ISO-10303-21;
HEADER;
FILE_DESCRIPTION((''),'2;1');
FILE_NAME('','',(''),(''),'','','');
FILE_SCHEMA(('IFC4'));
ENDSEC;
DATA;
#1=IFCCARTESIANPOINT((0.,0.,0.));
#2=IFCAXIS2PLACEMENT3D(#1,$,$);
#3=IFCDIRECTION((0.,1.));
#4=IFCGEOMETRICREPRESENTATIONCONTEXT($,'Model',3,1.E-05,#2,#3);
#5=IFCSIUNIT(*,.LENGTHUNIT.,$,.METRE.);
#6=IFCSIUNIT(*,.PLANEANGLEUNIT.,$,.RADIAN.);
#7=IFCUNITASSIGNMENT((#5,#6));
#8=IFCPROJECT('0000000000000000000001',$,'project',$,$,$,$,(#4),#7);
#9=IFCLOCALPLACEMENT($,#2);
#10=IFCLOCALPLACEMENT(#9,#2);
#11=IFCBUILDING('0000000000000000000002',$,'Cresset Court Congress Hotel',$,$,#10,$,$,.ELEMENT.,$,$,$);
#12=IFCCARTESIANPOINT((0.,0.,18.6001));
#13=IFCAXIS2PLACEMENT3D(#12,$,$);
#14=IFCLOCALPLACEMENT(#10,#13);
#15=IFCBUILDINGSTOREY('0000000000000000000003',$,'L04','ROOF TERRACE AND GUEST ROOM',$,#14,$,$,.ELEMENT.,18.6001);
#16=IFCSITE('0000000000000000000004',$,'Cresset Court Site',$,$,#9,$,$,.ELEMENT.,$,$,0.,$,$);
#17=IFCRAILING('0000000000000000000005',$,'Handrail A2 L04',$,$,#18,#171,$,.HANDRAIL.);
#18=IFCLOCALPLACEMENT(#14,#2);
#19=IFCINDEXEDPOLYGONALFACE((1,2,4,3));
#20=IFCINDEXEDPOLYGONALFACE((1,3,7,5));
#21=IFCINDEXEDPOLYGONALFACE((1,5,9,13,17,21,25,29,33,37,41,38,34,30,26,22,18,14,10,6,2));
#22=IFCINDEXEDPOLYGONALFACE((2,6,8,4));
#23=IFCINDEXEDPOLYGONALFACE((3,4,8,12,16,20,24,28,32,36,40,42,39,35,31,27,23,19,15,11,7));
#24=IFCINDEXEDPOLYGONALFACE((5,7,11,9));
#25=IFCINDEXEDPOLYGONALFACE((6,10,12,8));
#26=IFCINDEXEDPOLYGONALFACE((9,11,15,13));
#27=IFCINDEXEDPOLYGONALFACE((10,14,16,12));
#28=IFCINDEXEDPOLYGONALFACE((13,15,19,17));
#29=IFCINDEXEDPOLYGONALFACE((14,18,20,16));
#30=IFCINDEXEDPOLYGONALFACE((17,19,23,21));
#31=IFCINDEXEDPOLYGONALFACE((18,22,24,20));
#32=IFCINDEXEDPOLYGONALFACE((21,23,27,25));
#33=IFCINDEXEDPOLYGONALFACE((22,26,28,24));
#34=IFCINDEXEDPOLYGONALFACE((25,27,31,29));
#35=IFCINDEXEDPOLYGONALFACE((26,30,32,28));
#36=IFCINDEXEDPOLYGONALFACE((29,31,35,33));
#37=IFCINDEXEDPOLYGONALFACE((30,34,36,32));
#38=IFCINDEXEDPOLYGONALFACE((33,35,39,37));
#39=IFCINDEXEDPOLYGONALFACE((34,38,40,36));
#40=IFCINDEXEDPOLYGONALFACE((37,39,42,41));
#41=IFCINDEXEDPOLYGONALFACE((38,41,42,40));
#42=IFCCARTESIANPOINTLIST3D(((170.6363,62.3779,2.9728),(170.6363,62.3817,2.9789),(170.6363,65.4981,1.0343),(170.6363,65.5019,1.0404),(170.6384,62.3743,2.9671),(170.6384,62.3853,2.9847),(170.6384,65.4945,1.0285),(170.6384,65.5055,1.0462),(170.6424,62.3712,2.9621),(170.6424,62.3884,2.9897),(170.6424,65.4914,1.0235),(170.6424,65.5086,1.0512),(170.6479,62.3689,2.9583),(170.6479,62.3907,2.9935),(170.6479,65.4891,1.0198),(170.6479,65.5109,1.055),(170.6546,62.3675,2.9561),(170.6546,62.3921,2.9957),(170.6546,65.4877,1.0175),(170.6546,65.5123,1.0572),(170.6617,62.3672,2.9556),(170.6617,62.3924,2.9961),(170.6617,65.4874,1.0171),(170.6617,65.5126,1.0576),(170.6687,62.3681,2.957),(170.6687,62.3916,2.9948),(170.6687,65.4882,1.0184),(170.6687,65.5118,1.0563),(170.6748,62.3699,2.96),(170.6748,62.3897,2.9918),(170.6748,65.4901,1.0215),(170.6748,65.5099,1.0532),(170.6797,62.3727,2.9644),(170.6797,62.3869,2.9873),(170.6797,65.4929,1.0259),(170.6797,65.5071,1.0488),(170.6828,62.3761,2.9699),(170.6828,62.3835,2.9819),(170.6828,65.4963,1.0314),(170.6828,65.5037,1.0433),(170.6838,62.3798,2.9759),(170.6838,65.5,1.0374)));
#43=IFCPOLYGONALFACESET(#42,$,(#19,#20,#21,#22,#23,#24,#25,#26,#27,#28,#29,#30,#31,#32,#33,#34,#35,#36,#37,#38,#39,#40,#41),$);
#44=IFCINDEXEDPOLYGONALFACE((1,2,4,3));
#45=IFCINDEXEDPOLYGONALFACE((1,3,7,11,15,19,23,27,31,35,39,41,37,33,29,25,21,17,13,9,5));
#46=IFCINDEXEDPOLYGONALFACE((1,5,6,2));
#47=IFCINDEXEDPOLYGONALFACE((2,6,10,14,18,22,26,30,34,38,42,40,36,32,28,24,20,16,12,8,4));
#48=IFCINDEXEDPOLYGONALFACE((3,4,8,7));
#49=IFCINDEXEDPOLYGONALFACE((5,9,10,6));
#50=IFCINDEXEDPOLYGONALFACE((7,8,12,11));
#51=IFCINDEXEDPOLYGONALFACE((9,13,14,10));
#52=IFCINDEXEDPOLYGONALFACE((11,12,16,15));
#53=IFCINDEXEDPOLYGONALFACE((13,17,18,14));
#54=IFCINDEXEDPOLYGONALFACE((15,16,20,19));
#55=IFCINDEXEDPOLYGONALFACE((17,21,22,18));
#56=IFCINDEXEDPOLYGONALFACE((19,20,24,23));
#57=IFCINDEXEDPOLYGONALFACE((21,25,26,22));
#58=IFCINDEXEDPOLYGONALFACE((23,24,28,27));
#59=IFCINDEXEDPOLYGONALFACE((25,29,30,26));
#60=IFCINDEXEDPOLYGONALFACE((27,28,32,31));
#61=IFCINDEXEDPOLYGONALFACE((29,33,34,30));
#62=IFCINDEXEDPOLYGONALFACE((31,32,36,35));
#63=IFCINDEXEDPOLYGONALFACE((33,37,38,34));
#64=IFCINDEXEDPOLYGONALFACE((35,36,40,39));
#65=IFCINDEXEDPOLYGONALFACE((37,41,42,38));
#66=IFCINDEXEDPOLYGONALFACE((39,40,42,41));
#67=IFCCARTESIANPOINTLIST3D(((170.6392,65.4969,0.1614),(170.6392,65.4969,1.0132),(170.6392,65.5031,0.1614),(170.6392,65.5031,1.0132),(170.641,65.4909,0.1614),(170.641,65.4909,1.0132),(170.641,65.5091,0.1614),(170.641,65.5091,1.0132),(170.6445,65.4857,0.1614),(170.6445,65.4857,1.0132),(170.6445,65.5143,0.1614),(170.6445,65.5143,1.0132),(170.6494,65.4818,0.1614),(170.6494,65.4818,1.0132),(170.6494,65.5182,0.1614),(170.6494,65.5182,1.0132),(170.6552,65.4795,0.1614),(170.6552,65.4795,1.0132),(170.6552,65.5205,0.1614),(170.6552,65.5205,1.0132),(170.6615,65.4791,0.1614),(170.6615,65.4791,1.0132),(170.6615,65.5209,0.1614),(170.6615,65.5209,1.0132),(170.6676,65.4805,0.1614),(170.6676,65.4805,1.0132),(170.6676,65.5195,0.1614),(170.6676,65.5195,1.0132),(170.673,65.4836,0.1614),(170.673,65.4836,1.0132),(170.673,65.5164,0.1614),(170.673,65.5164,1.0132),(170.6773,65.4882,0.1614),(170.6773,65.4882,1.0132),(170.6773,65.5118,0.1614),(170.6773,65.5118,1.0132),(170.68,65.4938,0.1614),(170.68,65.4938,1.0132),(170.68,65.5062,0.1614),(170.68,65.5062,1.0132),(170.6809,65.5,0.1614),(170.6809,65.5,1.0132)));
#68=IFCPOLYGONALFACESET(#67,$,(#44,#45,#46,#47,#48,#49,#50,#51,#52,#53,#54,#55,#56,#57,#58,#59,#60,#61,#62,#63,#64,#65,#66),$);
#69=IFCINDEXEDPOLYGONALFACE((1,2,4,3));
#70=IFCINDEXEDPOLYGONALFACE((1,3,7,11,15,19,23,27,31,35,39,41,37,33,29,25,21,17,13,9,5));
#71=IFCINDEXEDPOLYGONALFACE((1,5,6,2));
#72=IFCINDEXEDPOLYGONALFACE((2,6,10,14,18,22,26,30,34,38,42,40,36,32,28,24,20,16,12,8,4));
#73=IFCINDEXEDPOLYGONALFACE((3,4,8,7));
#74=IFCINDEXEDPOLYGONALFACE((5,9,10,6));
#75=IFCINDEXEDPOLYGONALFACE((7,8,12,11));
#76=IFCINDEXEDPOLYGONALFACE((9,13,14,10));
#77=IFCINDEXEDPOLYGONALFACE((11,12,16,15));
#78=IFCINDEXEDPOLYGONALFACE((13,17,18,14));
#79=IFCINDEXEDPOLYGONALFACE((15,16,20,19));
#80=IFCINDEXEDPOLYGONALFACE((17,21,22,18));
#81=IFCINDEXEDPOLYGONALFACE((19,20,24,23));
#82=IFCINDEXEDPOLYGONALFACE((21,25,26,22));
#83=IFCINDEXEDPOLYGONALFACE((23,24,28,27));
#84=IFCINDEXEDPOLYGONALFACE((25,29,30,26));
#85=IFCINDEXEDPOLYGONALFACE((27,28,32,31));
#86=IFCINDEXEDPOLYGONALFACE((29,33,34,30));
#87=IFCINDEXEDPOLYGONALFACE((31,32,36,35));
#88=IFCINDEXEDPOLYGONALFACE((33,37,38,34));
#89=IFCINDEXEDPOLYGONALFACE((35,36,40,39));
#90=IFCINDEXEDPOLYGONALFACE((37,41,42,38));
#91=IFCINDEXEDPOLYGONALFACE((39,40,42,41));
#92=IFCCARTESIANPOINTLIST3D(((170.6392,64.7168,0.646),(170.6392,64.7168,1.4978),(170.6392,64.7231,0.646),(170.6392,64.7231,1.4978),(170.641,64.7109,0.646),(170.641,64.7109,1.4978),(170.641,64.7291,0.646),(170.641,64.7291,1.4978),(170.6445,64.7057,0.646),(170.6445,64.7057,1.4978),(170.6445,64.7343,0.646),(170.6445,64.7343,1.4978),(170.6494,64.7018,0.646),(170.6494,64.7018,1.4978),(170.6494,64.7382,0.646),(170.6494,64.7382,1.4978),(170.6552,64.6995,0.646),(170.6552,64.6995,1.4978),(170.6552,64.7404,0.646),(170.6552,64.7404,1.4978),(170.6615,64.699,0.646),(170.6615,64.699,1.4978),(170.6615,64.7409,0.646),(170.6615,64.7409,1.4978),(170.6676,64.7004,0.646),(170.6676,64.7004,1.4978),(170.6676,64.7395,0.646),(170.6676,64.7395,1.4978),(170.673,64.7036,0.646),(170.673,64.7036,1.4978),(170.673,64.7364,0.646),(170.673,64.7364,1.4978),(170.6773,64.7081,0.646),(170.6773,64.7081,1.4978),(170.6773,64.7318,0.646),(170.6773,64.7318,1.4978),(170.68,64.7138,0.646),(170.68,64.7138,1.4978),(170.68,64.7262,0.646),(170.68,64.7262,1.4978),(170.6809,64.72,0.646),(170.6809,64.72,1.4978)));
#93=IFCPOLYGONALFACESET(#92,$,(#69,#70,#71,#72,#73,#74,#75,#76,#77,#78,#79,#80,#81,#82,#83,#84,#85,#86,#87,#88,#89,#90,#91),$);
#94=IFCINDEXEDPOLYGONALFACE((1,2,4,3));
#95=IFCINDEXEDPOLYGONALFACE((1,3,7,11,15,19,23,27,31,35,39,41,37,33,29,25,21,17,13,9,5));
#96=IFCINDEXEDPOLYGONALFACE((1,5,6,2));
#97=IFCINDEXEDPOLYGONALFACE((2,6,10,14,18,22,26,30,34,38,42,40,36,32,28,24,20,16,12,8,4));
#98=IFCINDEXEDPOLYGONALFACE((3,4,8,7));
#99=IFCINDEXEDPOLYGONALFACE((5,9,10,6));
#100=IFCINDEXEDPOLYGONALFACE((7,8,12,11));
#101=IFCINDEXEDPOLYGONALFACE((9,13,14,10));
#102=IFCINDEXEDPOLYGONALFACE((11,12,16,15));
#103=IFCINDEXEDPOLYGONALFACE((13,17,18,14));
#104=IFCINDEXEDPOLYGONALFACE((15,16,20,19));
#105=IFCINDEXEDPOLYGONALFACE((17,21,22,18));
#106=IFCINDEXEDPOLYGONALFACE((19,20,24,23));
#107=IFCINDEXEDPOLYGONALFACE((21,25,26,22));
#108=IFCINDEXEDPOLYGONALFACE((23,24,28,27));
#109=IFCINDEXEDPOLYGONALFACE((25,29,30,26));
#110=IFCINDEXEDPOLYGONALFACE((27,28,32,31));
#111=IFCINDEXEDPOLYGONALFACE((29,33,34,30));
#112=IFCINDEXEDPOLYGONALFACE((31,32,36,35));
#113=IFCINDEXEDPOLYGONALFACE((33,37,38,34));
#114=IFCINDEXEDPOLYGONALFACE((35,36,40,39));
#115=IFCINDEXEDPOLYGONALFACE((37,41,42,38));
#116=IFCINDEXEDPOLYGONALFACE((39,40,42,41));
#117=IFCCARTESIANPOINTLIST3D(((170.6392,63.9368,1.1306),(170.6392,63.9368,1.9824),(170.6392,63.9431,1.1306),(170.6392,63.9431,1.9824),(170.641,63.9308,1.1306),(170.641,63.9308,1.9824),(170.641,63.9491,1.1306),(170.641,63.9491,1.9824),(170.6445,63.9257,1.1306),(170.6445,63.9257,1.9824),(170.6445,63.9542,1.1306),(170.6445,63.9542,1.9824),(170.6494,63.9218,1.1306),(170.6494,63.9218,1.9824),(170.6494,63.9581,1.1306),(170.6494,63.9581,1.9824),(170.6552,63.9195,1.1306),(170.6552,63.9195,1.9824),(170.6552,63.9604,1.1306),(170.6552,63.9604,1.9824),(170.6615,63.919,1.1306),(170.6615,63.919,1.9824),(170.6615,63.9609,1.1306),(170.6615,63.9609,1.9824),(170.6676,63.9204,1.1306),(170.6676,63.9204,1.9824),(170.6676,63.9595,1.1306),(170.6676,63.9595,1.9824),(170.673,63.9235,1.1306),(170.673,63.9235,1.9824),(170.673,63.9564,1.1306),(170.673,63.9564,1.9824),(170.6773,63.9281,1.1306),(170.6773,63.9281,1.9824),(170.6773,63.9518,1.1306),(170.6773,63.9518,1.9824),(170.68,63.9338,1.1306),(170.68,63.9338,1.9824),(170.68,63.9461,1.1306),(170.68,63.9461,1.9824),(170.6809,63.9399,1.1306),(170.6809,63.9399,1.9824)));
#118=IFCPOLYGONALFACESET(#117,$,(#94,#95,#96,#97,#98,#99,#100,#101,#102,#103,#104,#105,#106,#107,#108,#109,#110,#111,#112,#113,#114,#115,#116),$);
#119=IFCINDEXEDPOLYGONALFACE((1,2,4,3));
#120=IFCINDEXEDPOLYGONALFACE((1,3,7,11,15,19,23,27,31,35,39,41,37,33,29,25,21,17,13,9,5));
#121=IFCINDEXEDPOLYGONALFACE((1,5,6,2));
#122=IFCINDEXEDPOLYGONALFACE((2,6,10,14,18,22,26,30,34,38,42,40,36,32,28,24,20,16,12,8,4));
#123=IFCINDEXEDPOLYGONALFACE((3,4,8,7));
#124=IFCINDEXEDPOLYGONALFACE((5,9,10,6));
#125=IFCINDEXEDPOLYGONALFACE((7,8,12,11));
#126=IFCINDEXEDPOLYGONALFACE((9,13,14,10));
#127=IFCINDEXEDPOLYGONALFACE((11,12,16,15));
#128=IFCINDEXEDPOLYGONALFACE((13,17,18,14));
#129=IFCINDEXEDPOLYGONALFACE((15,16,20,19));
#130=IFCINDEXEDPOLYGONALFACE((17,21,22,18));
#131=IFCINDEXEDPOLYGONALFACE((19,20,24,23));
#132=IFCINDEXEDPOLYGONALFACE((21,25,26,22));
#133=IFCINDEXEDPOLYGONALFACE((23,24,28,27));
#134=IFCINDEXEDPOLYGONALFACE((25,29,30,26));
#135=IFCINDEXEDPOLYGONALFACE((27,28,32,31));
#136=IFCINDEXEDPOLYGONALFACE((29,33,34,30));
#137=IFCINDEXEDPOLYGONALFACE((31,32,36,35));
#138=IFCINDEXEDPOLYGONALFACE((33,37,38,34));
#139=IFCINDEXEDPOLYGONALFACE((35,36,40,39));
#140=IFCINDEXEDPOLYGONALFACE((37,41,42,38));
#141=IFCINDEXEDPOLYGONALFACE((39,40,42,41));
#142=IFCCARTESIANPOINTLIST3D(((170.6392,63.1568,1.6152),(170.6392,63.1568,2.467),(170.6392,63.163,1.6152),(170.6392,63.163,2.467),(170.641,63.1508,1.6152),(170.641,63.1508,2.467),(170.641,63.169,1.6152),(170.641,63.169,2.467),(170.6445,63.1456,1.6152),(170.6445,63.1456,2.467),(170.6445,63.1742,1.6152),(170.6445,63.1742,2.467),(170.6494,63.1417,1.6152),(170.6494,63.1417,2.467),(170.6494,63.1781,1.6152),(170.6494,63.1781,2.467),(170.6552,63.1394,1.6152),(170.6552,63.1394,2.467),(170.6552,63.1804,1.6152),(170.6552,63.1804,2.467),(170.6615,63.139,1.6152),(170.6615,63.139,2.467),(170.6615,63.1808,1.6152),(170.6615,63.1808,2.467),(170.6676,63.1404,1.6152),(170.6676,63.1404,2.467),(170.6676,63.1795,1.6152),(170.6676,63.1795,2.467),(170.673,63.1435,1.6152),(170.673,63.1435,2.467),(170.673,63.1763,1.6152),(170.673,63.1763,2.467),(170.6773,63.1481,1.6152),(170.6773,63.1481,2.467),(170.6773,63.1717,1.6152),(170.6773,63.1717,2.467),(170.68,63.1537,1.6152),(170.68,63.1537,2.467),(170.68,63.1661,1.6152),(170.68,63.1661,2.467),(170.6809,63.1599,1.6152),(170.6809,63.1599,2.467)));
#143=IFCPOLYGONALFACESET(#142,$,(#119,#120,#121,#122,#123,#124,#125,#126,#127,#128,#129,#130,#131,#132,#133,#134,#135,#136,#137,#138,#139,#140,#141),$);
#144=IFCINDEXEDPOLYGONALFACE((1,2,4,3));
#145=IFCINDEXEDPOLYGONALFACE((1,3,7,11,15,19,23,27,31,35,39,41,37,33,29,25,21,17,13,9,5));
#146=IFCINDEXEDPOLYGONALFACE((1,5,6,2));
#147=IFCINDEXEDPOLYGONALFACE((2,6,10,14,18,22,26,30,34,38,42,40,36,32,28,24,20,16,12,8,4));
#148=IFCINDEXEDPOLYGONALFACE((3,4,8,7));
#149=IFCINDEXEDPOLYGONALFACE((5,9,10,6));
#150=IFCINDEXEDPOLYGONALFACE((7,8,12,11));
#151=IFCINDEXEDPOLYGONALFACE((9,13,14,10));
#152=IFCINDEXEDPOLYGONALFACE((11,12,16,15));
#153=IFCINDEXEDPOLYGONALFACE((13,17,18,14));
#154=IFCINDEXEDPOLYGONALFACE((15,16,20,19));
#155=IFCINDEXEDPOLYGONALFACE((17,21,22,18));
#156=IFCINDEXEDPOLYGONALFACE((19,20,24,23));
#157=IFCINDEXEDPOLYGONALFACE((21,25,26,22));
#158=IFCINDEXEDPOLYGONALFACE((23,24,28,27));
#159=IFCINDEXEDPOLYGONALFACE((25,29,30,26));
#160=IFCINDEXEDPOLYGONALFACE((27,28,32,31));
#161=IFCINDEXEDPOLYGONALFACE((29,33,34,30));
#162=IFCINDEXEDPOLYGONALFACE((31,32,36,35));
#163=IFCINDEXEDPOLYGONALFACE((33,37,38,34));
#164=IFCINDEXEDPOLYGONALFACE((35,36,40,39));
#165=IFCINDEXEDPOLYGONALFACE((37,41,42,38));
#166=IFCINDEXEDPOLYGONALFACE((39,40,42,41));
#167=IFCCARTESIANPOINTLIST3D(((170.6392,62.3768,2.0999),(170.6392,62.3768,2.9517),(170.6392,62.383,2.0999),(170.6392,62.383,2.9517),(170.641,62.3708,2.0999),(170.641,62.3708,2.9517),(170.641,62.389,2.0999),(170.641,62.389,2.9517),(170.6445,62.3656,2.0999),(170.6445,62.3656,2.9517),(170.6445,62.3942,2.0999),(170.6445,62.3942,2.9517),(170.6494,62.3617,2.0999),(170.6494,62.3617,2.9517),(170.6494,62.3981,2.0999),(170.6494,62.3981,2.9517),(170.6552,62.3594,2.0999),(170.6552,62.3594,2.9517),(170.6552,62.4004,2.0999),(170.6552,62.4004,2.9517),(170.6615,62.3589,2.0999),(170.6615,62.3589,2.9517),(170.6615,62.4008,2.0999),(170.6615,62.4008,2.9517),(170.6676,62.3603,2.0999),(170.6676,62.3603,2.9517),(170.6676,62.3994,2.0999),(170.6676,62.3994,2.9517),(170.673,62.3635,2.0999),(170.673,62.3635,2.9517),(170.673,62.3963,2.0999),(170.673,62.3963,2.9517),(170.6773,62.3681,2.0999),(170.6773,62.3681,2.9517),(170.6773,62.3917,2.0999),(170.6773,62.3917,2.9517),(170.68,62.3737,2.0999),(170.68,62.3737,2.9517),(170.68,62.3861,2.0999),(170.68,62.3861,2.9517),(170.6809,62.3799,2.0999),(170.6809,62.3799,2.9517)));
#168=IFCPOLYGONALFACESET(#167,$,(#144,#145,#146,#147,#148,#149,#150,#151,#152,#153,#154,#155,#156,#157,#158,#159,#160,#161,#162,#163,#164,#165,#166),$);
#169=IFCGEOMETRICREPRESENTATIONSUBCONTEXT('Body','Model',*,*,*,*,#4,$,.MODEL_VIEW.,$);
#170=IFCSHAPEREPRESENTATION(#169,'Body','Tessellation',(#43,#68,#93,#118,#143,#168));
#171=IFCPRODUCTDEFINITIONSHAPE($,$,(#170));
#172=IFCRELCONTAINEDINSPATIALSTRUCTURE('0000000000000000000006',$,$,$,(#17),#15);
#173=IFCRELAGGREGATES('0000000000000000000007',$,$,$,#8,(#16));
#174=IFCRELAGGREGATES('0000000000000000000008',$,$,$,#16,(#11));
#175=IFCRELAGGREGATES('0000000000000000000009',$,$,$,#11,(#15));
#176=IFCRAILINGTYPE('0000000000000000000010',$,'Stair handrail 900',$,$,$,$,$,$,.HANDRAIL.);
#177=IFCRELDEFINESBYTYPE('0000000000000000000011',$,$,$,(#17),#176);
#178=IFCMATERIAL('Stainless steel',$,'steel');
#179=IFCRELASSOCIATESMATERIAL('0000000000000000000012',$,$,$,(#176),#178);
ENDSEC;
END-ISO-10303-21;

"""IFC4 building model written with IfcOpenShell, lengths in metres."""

from ifc_helpers import new_model, si_unit, direction, frame, origin, origin_2d, place, context, subcontext, project, spatial, circle, extrude, material, type_object, element, save


model = new_model("IFC4")

# Units and contexts
model_context = context("Model", 3, precision=1e-05, world=origin(), true_north=direction((0.0, 1.0)))
body_context = subcontext(model_context, "Body", "Model", "MODEL_VIEW")
ifc_project = project(units=[si_unit("LENGTHUNIT", "METRE"), si_unit("PLANEANGLEUNIT", "RADIAN")], contexts=[model_context])

# Site, building, storey
site_placement = place(None, origin())
site = spatial("IfcSite", under=ifc_project, at=site_placement, Name="Cresset Court Site", CompositionType="ELEMENT", RefElevation=0.0)
building_placement = place(site_placement, origin())
building = spatial("IfcBuilding", under=site, at=building_placement, Name="Cresset Court Congress Hotel", CompositionType="ELEMENT")
storey_placement = place(building_placement, frame((0.0, 0.0, 18.6001)))
storey = spatial("IfcBuildingStorey", under=building, at=storey_placement, Name="L04", Description="ROOF TERRACE AND GUEST ROOM", CompositionType="ELEMENT", Elevation=18.6001)

# Railing
ifc_material_1 = material(Name="Stainless steel", Category="steel")
railing_type_1 = type_object("IfcRailingType", Name="Stair handrail 900", PredefinedType="HANDRAIL", material=ifc_material_1)
for number, where, name in (
    (1, (170.6599, 65.5, 0.1614), "Handrail A2 L04"),
):
    element("IfcRailing", number, at=place(storey_placement, frame(where)), inside=storey, type_object=railing_type_1, Name=name, PredefinedType="HANDRAIL", context=body_context, shape_type="SweptSolid", body=[
        extrude(circle(Radius=0.0239, at=origin_2d()), frame((0.0, 0.0, 0.876), z_axis=(0.0, -0.849414, 0.527727), x_axis=(1.0, 0.0, 0.0)), (0.0, 0.0, 1.0), 3.6733),
        extrude(circle(Radius=0.021, at=origin_2d()), origin(), (0.0, 0.0, 1.0), 0.8518),
        extrude(circle(Radius=0.021, at=origin_2d()), frame((0.0, -0.78, 0.4846)), (0.0, 0.0, 1.0), 0.8518),
        extrude(circle(Radius=0.021, at=origin_2d()), frame((0.0, -1.5601, 0.9692)), (0.0, 0.0, 1.0), 0.8518),
        extrude(circle(Radius=0.021, at=origin_2d()), frame((0.0, -2.3401, 1.4539)), (0.0, 0.0, 1.0), 0.8518),
        extrude(circle(Radius=0.021, at=origin_2d()), frame((0.0, -3.1201, 1.9385)), (0.0, 0.0, 1.0), 0.8518),
    ])

save(model, "model.ifc")
